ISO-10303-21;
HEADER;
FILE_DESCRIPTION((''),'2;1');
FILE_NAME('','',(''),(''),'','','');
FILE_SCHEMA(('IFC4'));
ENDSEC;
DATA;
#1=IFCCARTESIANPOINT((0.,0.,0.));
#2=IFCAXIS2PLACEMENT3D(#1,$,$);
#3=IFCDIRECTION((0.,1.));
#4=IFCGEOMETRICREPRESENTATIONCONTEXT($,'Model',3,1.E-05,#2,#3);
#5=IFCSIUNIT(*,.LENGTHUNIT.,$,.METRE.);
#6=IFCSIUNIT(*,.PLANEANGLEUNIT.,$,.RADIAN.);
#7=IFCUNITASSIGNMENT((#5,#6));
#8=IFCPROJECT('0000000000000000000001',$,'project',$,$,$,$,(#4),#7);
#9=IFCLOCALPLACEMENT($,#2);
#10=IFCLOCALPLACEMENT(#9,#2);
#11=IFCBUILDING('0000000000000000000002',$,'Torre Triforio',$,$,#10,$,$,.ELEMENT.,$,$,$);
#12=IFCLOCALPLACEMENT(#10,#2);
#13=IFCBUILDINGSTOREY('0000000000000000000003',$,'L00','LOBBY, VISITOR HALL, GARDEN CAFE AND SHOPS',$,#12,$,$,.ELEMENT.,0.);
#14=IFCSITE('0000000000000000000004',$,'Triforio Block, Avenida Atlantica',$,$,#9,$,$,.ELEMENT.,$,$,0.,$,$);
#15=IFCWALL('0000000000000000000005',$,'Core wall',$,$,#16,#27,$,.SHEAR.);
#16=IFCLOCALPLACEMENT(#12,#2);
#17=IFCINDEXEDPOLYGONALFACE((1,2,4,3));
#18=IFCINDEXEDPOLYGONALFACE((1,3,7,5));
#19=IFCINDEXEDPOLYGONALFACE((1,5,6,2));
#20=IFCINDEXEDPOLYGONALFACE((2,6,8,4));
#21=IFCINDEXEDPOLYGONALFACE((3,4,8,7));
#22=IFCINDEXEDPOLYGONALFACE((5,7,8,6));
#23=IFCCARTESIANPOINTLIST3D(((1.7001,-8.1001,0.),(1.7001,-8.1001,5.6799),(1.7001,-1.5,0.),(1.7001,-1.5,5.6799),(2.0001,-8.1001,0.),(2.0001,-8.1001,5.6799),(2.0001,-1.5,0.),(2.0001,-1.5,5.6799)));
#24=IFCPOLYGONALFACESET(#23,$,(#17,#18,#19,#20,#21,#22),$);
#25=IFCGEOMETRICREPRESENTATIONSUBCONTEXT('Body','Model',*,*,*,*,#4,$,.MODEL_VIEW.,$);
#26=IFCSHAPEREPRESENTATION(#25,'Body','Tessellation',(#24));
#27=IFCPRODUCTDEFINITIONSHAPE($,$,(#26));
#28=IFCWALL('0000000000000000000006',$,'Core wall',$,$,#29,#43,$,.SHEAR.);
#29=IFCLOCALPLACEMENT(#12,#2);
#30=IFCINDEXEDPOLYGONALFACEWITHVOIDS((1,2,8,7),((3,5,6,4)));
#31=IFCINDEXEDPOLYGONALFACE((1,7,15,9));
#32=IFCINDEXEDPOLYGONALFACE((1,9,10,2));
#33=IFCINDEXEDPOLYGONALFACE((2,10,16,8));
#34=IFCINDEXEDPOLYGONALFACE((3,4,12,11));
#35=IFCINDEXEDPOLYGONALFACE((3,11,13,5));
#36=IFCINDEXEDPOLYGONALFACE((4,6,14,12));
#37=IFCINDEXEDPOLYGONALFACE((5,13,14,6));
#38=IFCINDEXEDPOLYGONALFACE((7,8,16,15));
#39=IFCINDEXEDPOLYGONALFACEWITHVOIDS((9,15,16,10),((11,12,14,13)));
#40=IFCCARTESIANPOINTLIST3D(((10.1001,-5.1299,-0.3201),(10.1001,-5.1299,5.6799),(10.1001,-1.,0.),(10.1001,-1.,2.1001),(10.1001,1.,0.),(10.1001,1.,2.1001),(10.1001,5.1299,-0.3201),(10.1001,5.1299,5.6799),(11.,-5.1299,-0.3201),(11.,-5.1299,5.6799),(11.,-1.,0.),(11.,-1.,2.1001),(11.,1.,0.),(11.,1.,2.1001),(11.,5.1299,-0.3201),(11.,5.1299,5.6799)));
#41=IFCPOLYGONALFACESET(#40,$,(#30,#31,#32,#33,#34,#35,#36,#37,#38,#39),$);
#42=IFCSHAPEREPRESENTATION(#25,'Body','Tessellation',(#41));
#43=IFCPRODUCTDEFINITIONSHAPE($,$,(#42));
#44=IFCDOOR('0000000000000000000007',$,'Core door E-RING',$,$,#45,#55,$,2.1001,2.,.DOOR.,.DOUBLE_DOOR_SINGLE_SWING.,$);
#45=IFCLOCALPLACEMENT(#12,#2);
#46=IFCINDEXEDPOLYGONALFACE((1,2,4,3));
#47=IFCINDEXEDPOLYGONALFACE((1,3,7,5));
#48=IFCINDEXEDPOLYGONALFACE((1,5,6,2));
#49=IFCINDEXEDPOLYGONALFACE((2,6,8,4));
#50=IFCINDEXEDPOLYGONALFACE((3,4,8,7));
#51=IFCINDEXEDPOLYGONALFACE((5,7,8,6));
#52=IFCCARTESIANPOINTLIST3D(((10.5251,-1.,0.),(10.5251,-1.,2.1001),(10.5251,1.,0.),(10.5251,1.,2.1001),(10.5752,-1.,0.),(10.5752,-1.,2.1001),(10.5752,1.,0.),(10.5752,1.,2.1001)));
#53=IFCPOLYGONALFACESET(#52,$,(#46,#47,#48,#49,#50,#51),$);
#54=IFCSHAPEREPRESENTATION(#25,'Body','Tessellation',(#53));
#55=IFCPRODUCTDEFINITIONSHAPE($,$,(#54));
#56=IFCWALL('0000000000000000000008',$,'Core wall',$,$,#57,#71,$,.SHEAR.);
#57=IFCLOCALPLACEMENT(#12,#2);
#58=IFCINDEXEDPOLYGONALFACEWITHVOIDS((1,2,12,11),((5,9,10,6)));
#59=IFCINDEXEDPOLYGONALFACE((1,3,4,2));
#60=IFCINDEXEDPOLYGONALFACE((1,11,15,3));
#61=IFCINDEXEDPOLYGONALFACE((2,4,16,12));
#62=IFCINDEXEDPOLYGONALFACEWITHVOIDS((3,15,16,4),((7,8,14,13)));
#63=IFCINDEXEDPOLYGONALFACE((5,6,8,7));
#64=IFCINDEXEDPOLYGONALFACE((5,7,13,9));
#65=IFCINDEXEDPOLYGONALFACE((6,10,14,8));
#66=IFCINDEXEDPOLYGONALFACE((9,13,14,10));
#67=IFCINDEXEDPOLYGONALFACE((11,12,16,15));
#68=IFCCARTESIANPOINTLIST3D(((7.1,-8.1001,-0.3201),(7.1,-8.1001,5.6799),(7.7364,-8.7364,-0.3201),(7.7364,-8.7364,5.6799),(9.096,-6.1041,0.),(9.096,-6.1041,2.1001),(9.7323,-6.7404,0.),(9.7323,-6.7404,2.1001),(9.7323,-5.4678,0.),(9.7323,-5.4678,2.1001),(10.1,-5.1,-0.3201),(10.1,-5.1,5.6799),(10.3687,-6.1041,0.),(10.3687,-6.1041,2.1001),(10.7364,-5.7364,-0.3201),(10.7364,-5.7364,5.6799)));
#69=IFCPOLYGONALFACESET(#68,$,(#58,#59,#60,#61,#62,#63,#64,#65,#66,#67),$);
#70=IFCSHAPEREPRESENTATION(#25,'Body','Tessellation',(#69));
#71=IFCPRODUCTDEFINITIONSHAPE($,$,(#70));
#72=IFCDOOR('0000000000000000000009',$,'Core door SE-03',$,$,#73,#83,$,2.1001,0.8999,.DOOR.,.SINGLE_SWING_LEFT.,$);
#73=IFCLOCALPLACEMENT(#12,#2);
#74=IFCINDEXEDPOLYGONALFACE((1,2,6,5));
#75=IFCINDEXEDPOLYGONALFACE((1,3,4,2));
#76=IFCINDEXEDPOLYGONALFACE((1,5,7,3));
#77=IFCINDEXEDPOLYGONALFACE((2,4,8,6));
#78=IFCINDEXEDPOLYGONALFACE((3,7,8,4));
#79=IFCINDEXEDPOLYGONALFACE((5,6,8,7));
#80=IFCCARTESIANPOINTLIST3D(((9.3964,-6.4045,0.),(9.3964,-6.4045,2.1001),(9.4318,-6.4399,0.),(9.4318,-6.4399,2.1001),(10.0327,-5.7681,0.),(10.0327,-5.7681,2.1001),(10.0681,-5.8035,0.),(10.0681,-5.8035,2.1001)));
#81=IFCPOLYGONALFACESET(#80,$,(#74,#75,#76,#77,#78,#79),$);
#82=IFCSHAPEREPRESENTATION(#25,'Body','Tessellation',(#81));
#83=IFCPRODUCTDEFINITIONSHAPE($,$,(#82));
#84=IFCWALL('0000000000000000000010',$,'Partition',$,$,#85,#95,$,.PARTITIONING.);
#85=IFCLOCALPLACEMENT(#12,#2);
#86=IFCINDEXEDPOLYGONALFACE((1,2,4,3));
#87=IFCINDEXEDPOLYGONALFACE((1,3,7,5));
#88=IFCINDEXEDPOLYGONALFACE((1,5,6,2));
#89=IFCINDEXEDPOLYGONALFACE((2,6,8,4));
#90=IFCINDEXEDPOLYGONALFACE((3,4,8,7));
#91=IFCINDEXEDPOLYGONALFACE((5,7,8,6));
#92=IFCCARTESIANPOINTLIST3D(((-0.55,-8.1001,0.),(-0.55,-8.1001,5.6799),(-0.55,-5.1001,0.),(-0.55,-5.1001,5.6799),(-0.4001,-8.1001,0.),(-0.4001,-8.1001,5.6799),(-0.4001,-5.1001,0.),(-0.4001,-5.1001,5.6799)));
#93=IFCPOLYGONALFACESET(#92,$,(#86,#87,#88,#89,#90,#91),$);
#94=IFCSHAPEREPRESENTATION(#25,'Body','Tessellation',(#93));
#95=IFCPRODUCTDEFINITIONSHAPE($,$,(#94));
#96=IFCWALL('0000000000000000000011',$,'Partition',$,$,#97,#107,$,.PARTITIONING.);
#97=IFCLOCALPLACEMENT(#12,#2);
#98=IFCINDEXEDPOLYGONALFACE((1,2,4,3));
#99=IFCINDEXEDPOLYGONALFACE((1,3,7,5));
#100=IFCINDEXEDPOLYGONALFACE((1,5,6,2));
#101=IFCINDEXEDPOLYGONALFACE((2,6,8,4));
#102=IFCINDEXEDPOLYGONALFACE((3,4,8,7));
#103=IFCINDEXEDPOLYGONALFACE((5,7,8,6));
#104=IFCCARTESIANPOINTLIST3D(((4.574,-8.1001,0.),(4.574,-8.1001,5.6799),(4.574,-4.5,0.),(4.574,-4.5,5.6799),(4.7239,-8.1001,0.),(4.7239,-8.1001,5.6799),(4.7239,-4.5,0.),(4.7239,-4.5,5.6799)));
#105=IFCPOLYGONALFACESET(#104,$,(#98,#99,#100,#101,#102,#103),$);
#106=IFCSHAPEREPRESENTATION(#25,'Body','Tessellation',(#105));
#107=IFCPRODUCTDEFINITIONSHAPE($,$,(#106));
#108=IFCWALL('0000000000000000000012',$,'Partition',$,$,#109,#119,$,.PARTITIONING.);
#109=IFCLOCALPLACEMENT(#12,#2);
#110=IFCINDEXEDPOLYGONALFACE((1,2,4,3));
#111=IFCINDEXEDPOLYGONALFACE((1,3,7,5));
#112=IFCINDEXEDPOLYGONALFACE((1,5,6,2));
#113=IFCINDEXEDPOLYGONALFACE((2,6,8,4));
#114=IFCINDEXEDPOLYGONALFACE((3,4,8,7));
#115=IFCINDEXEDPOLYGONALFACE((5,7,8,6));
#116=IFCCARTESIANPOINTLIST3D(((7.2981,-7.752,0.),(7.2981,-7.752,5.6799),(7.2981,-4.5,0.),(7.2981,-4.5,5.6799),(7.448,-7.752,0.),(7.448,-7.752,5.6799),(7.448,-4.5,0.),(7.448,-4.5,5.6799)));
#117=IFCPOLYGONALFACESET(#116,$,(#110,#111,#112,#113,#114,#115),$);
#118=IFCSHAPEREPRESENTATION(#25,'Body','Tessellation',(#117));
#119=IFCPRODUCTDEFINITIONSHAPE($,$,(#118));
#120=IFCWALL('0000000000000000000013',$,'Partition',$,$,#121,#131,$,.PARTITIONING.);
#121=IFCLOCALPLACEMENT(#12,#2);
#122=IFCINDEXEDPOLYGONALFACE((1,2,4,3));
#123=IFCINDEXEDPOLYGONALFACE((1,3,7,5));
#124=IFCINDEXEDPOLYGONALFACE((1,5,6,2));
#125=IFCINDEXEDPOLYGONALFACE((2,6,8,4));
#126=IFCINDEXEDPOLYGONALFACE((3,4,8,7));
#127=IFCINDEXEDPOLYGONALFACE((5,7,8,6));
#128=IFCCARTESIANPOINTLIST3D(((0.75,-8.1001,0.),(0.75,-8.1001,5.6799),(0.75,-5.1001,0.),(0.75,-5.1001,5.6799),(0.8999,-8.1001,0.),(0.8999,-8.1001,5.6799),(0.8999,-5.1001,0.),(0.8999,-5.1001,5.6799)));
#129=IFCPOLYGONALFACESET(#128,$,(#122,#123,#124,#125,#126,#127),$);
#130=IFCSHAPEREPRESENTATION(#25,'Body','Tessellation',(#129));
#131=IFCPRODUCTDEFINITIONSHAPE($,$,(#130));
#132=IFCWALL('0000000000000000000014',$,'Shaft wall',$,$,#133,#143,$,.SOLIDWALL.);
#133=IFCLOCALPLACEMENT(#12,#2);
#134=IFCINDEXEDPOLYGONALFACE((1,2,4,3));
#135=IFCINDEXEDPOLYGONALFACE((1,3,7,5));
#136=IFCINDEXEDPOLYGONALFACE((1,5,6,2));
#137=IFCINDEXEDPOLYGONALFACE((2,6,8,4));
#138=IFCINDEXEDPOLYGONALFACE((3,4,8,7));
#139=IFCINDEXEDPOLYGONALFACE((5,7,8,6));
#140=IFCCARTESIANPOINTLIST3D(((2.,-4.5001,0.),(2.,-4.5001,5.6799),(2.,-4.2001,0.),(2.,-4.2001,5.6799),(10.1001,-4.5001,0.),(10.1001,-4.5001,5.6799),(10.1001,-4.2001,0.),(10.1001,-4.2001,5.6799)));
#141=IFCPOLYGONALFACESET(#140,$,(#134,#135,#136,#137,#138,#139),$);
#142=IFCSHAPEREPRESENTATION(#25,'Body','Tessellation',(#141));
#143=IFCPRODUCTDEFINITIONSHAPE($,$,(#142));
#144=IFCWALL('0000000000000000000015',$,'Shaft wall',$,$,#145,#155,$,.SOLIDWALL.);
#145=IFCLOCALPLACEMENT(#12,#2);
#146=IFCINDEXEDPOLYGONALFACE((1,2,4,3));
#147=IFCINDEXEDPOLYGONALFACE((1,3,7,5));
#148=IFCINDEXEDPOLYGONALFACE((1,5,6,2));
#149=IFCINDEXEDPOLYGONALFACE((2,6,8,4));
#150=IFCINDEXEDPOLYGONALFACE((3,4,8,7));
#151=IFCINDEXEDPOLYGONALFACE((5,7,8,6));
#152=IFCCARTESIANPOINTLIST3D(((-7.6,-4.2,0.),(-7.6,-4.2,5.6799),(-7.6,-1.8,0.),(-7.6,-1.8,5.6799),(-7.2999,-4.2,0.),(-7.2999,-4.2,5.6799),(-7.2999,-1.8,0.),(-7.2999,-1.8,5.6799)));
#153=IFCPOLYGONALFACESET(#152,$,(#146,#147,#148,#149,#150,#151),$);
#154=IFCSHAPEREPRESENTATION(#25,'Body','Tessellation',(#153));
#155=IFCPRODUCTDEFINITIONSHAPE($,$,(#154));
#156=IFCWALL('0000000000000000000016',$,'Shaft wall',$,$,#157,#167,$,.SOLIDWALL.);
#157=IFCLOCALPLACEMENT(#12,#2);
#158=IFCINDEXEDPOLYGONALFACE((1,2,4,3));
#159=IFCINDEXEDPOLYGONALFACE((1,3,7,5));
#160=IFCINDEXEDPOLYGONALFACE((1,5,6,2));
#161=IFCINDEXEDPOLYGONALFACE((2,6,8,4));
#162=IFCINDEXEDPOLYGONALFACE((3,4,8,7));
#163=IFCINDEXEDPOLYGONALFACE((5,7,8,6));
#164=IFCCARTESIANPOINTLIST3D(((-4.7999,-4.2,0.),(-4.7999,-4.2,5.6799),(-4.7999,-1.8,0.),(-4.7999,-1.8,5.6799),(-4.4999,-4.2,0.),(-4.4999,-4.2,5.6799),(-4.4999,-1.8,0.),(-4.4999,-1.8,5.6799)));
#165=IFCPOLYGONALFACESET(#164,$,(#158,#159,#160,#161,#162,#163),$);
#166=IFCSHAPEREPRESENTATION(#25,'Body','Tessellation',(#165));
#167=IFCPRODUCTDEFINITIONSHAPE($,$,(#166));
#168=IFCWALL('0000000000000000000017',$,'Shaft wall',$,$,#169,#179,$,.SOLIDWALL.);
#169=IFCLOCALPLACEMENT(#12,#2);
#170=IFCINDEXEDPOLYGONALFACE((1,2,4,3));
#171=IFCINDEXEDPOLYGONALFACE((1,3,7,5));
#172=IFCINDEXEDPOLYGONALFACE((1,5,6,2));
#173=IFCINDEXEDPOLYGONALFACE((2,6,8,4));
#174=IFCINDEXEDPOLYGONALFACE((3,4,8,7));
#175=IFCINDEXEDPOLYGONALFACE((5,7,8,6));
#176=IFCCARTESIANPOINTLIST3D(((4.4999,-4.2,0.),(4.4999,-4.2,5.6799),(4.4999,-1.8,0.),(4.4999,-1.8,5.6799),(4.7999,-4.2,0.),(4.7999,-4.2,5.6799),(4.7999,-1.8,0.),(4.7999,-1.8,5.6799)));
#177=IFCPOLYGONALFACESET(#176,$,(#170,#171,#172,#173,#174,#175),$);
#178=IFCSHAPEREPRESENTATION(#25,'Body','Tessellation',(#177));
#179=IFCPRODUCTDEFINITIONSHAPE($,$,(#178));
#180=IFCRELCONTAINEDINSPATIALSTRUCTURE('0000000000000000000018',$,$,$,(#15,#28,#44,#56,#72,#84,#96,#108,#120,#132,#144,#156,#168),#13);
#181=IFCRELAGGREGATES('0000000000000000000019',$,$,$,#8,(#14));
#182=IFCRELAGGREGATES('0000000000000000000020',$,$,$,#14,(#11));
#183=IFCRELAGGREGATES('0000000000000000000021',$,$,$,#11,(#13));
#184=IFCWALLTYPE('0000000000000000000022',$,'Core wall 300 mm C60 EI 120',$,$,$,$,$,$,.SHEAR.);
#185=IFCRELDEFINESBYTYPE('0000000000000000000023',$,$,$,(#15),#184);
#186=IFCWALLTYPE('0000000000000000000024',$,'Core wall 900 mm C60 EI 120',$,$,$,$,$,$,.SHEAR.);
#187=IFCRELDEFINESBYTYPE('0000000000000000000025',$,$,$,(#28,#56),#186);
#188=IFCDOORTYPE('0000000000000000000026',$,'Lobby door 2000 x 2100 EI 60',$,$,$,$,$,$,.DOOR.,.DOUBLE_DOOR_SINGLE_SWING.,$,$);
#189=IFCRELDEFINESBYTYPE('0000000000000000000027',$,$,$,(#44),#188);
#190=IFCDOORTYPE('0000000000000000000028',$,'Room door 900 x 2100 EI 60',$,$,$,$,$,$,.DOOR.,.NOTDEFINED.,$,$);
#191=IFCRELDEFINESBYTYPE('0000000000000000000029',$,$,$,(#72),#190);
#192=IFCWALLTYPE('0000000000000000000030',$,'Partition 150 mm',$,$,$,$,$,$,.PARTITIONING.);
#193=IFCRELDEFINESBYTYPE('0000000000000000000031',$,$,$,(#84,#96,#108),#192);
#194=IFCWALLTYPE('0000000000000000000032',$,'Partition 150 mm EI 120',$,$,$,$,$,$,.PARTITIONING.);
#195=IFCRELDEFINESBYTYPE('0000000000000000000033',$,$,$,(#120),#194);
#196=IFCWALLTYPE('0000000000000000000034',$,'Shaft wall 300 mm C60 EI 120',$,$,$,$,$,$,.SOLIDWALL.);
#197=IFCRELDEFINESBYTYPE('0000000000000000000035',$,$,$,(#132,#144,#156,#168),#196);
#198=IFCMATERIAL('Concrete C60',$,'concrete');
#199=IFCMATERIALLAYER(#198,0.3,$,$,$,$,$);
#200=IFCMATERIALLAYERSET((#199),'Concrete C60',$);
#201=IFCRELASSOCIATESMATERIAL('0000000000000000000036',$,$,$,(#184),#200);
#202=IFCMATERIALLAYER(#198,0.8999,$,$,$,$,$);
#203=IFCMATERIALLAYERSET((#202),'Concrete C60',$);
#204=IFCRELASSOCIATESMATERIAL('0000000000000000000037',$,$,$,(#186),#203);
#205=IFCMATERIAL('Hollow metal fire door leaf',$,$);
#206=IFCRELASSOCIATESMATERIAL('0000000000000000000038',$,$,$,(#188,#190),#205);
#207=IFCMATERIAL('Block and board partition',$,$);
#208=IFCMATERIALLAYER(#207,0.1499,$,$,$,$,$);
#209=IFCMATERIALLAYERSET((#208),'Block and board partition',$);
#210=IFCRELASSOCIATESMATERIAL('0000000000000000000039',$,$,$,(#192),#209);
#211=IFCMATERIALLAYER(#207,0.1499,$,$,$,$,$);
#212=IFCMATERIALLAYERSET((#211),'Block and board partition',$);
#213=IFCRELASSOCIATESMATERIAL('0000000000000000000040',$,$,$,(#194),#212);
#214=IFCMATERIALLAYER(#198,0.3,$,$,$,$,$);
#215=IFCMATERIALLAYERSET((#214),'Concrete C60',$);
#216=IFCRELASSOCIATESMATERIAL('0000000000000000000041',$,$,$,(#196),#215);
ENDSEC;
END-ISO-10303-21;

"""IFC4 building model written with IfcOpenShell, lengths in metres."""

from ifc_helpers import new_model, si_unit, direction, frame, frame_2d, origin, place, context, subcontext, project, spatial, rectangle, extrude, material, layer, layer_set, type_object, element, fill, save


model = new_model("IFC4")

# Units and contexts
model_context = context("Model", 3, precision=1e-05, world=origin(), true_north=direction((0.0, 1.0)))
body_context = subcontext(model_context, "Body", "Model", "MODEL_VIEW")
ifc_project = project(units=[si_unit("LENGTHUNIT", "METRE"), si_unit("PLANEANGLEUNIT", "RADIAN")], contexts=[model_context])

# Site, building, storey
site_placement = place(None, origin())
site = spatial("IfcSite", under=ifc_project, at=site_placement, Name="Triforio Block, Avenida Atlantica", CompositionType="ELEMENT", RefElevation=0.0)
building_placement = place(site_placement, origin())
building = spatial("IfcBuilding", under=site, at=building_placement, Name="Torre Triforio", CompositionType="ELEMENT")
storey_placement = place(building_placement, origin())
storey = spatial("IfcBuildingStorey", under=building, at=storey_placement, Name="L00", Description="LOBBY, VISITOR HALL, GARDEN CAFE AND SHOPS", CompositionType="ELEMENT", Elevation=0.0)

# Wall
ifc_material_1 = material(Name="Concrete C60", Category="concrete")
ifc_layer_1 = layer(ifc_material_1, 0.3)
ifc_layer_set_1 = layer_set([ifc_layer_1], Name="Concrete C60")
wall_type_1 = type_object("IfcWallType", Name="Core wall 300 mm C60 EI 120", PredefinedType="SHEAR", material=ifc_layer_set_1)
wall_1_placement = place(storey_placement, frame((1.8501, -8.1001, 0.0), z_axis=(0.0, 0.0, 1.0), x_axis=(0.0, 1.0, 0.0)))
element("IfcWall", 1, at=wall_1_placement, inside=storey, type_object=wall_type_1, Name="Core wall", PredefinedType="SHEAR", context=body_context, shape_type="SweptSolid", body=[
    extrude(rectangle(XDim=6.6001, YDim=0.3, at=frame_2d((3.3, 0.0))), origin(), (0.0, 0.0, 1.0), 5.6799),
])

# Walls, openings, doors
ifc_layer_2 = layer(ifc_material_1, 0.8999)
ifc_layer_set_2 = layer_set([ifc_layer_2], Name="Concrete C60")
wall_type_2 = type_object("IfcWallType", Name="Core wall 900 mm C60 EI 120", PredefinedType="SHEAR", material=ifc_layer_set_2)
wall_2_placement = place(storey_placement, frame((10.55, -5.1299, -0.3201), z_axis=(0.0, 0.0, 1.0), x_axis=(0.0, 1.0, 0.0)))
wall_2 = element("IfcWall", 2, at=wall_2_placement, inside=storey, type_object=wall_type_2, Name="Core wall", PredefinedType="SHEAR", context=body_context, shape_type="SweptSolid", body=[
    extrude(rectangle(XDim=10.2598, YDim=0.8999, at=frame_2d((5.1299, 0.0))), origin(), (0.0, 0.0, 1.0), 6.0),
])
opening_1_placement = place(wall_2_placement, frame((4.1299, 0.0, 0.3201)))
opening_1 = element("IfcOpeningElement", 3, at=opening_1_placement, cuts=wall_2, PredefinedType="OPENING", context=body_context, shape_type="SweptSolid", body=[
    extrude(rectangle(XDim=2.0, YDim=2.1001, at=frame_2d((1.0, 1.05))), frame((0.0, 0.46, 0.0), z_axis=(0.0, -1.0, 0.0), x_axis=(1.0, 0.0, 0.0)), (0.0, 0.0, 1.0), 0.9199),
])
ifc_material_2 = material(Name="Hollow metal fire door leaf")
door_type_1 = type_object("IfcDoorType", Name="Lobby door 2000 x 2100 EI 60", OperationType="DOUBLE_DOOR_SINGLE_SWING", PredefinedType="DOOR", material=ifc_material_2)
door_1_placement = place(opening_1_placement, origin())
door_1 = element("IfcDoor", 4, at=door_1_placement, inside=storey, type_object=door_type_1, Name="Core door E-RING", OperationType="DOUBLE_DOOR_SINGLE_SWING", OverallHeight=2.1001, OverallWidth=2.0, PredefinedType="DOOR", context=body_context, shape_type="SweptSolid", body=[
    extrude(rectangle(XDim=2.0, YDim=2.1001, at=frame_2d((1.0, 1.05))), frame((0.0, 0.0249, 0.0), z_axis=(0.0, -1.0, 0.0), x_axis=(1.0, 0.0, 0.0)), (0.0, 0.0, 1.0), 0.05),
])
fill(opening_1, door_1)
wall_3_placement = place(storey_placement, frame((10.4182, -5.4182, -0.3201), z_axis=(0.0, 0.0, 1.0), x_axis=(-0.707107, -0.707107, 0.0)))
wall_3 = element("IfcWall", 5, at=wall_3_placement, inside=storey, type_object=wall_type_2, Name="Core wall", PredefinedType="SHEAR", context=body_context, shape_type="SweptSolid", body=[
    extrude(rectangle(XDim=4.2427, YDim=0.8999, at=frame_2d((2.1213, 0.0))), origin(), (0.0, 0.0, 1.0), 6.0),
])
opening_2_placement = place(wall_3_placement, frame((0.52, 0.0, 0.3201)))
opening_2 = element("IfcOpeningElement", 6, at=opening_2_placement, cuts=wall_3, PredefinedType="OPENING", context=body_context, shape_type="SweptSolid", body=[
    extrude(rectangle(XDim=0.8999, YDim=2.1001, at=frame_2d((0.45, 1.05))), frame((0.0, 0.46, 0.0), z_axis=(0.0, -1.0, 0.0), x_axis=(1.0, 0.0, 0.0)), (0.0, 0.0, 1.0), 0.9199),
])
door_type_2 = type_object("IfcDoorType", Name="Room door 900 x 2100 EI 60", OperationType="NOTDEFINED", PredefinedType="DOOR", material=ifc_material_2)
door_2_placement = place(opening_2_placement, origin())
door_2 = element("IfcDoor", 7, at=door_2_placement, inside=storey, type_object=door_type_2, Name="Core door SE-03", OperationType="SINGLE_SWING_LEFT", OverallHeight=2.1001, OverallWidth=0.8999, PredefinedType="DOOR", context=body_context, shape_type="SweptSolid", body=[
    extrude(rectangle(XDim=0.8999, YDim=2.1001, at=frame_2d((0.45, 1.05))), frame((0.0, 0.0249, 0.0), z_axis=(0.0, -1.0, 0.0), x_axis=(1.0, 0.0, 0.0)), (0.0, 0.0, 1.0), 0.05),
])
fill(opening_2, door_2)

# Walls
ifc_material_3 = material(Name="Block and board partition")
ifc_layer_3 = layer(ifc_material_3, 0.1499)
ifc_layer_set_3 = layer_set([ifc_layer_3], Name="Block and board partition")
wall_type_3 = type_object("IfcWallType", Name="Partition 150 mm", PredefinedType="PARTITIONING", material=ifc_layer_set_3)
wall_4_placement = place(storey_placement, frame((-0.4751, -8.1001, 0.0), z_axis=(0.0, 0.0, 1.0), x_axis=(0.0, 1.0, 0.0)))
element("IfcWall", 8, at=wall_4_placement, inside=storey, type_object=wall_type_3, Name="Partition", PredefinedType="PARTITIONING", context=body_context, shape_type="SweptSolid", body=[
    extrude(rectangle(XDim=3.0, YDim=0.1499, at=frame_2d((1.5, 0.0))), origin(), (0.0, 0.0, 1.0), 5.6799),
])
wall_5_placement = place(storey_placement, frame((4.6489, -8.1001, 0.0), z_axis=(0.0, 0.0, 1.0), x_axis=(0.0, 1.0, 0.0)))
element("IfcWall", 9, at=wall_5_placement, inside=storey, type_object=wall_type_3, Name="Partition", PredefinedType="PARTITIONING", context=body_context, shape_type="SweptSolid", body=[
    extrude(rectangle(XDim=3.6001, YDim=0.1499, at=frame_2d((1.8, 0.0))), origin(), (0.0, 0.0, 1.0), 5.6799),
])
wall_6_placement = place(storey_placement, frame((7.373, -7.752, 0.0), z_axis=(0.0, 0.0, 1.0), x_axis=(0.0, 1.0, 0.0)))
element("IfcWall", 10, at=wall_6_placement, inside=storey, type_object=wall_type_3, Name="Partition", PredefinedType="PARTITIONING", context=body_context, shape_type="SweptSolid", body=[
    extrude(rectangle(XDim=3.252, YDim=0.1499, at=frame_2d((1.626, 0.0))), origin(), (0.0, 0.0, 1.0), 5.6799),
])
ifc_layer_4 = layer(ifc_material_3, 0.1499)
ifc_layer_set_4 = layer_set([ifc_layer_4], Name="Block and board partition")
wall_type_4 = type_object("IfcWallType", Name="Partition 150 mm EI 120", PredefinedType="PARTITIONING", material=ifc_layer_set_4)
wall_7_placement = place(storey_placement, frame((0.825, -8.1001, 0.0), z_axis=(0.0, 0.0, 1.0), x_axis=(0.0, 1.0, 0.0)))
element("IfcWall", 11, at=wall_7_placement, inside=storey, type_object=wall_type_4, Name="Partition", PredefinedType="PARTITIONING", context=body_context, shape_type="SweptSolid", body=[
    extrude(rectangle(XDim=3.0, YDim=0.1499, at=frame_2d((1.5, 0.0))), origin(), (0.0, 0.0, 1.0), 5.6799),
])
ifc_layer_5 = layer(ifc_material_1, 0.3)
ifc_layer_set_5 = layer_set([ifc_layer_5], Name="Concrete C60")
wall_type_5 = type_object("IfcWallType", Name="Shaft wall 300 mm C60 EI 120", PredefinedType="SOLIDWALL", material=ifc_layer_set_5)
wall_8_placement = place(storey_placement, frame((2.0, -4.3501, 0.0), z_axis=(0.0, 0.0, 1.0), x_axis=(1.0, 0.0, 0.0)))
element("IfcWall", 12, at=wall_8_placement, inside=storey, type_object=wall_type_5, Name="Shaft wall", PredefinedType="SOLIDWALL", context=body_context, shape_type="SweptSolid", body=[
    extrude(rectangle(XDim=8.1001, YDim=0.3, at=frame_2d((4.05, 0.0))), origin(), (0.0, 0.0, 1.0), 5.6799),
])
for number, where, z_axis, x_axis, name in (
    (13, (-7.45, -4.2, 0.0), (0.0, 0.0, 1.0), (0.0, 1.0, 0.0), "Shaft wall"),
    (14, (-4.6499, -4.2, 0.0), (0.0, 0.0, 1.0), (0.0, 1.0, 0.0), "Shaft wall"),
    (15, (4.6499, -4.2, 0.0), (0.0, 0.0, 1.0), (0.0, 1.0, 0.0), "Shaft wall"),
):
    element("IfcWall", number, at=place(storey_placement, frame(where, z_axis=z_axis, x_axis=x_axis)), inside=storey, type_object=wall_type_5, Name=name, PredefinedType="SOLIDWALL", context=body_context, shape_type="SweptSolid", body=[
        extrude(rectangle(XDim=2.3999, YDim=0.3, at=frame_2d((1.2, 0.0))), origin(), (0.0, 0.0, 1.0), 5.6799),
    ])

save(model, "model.ifc")
